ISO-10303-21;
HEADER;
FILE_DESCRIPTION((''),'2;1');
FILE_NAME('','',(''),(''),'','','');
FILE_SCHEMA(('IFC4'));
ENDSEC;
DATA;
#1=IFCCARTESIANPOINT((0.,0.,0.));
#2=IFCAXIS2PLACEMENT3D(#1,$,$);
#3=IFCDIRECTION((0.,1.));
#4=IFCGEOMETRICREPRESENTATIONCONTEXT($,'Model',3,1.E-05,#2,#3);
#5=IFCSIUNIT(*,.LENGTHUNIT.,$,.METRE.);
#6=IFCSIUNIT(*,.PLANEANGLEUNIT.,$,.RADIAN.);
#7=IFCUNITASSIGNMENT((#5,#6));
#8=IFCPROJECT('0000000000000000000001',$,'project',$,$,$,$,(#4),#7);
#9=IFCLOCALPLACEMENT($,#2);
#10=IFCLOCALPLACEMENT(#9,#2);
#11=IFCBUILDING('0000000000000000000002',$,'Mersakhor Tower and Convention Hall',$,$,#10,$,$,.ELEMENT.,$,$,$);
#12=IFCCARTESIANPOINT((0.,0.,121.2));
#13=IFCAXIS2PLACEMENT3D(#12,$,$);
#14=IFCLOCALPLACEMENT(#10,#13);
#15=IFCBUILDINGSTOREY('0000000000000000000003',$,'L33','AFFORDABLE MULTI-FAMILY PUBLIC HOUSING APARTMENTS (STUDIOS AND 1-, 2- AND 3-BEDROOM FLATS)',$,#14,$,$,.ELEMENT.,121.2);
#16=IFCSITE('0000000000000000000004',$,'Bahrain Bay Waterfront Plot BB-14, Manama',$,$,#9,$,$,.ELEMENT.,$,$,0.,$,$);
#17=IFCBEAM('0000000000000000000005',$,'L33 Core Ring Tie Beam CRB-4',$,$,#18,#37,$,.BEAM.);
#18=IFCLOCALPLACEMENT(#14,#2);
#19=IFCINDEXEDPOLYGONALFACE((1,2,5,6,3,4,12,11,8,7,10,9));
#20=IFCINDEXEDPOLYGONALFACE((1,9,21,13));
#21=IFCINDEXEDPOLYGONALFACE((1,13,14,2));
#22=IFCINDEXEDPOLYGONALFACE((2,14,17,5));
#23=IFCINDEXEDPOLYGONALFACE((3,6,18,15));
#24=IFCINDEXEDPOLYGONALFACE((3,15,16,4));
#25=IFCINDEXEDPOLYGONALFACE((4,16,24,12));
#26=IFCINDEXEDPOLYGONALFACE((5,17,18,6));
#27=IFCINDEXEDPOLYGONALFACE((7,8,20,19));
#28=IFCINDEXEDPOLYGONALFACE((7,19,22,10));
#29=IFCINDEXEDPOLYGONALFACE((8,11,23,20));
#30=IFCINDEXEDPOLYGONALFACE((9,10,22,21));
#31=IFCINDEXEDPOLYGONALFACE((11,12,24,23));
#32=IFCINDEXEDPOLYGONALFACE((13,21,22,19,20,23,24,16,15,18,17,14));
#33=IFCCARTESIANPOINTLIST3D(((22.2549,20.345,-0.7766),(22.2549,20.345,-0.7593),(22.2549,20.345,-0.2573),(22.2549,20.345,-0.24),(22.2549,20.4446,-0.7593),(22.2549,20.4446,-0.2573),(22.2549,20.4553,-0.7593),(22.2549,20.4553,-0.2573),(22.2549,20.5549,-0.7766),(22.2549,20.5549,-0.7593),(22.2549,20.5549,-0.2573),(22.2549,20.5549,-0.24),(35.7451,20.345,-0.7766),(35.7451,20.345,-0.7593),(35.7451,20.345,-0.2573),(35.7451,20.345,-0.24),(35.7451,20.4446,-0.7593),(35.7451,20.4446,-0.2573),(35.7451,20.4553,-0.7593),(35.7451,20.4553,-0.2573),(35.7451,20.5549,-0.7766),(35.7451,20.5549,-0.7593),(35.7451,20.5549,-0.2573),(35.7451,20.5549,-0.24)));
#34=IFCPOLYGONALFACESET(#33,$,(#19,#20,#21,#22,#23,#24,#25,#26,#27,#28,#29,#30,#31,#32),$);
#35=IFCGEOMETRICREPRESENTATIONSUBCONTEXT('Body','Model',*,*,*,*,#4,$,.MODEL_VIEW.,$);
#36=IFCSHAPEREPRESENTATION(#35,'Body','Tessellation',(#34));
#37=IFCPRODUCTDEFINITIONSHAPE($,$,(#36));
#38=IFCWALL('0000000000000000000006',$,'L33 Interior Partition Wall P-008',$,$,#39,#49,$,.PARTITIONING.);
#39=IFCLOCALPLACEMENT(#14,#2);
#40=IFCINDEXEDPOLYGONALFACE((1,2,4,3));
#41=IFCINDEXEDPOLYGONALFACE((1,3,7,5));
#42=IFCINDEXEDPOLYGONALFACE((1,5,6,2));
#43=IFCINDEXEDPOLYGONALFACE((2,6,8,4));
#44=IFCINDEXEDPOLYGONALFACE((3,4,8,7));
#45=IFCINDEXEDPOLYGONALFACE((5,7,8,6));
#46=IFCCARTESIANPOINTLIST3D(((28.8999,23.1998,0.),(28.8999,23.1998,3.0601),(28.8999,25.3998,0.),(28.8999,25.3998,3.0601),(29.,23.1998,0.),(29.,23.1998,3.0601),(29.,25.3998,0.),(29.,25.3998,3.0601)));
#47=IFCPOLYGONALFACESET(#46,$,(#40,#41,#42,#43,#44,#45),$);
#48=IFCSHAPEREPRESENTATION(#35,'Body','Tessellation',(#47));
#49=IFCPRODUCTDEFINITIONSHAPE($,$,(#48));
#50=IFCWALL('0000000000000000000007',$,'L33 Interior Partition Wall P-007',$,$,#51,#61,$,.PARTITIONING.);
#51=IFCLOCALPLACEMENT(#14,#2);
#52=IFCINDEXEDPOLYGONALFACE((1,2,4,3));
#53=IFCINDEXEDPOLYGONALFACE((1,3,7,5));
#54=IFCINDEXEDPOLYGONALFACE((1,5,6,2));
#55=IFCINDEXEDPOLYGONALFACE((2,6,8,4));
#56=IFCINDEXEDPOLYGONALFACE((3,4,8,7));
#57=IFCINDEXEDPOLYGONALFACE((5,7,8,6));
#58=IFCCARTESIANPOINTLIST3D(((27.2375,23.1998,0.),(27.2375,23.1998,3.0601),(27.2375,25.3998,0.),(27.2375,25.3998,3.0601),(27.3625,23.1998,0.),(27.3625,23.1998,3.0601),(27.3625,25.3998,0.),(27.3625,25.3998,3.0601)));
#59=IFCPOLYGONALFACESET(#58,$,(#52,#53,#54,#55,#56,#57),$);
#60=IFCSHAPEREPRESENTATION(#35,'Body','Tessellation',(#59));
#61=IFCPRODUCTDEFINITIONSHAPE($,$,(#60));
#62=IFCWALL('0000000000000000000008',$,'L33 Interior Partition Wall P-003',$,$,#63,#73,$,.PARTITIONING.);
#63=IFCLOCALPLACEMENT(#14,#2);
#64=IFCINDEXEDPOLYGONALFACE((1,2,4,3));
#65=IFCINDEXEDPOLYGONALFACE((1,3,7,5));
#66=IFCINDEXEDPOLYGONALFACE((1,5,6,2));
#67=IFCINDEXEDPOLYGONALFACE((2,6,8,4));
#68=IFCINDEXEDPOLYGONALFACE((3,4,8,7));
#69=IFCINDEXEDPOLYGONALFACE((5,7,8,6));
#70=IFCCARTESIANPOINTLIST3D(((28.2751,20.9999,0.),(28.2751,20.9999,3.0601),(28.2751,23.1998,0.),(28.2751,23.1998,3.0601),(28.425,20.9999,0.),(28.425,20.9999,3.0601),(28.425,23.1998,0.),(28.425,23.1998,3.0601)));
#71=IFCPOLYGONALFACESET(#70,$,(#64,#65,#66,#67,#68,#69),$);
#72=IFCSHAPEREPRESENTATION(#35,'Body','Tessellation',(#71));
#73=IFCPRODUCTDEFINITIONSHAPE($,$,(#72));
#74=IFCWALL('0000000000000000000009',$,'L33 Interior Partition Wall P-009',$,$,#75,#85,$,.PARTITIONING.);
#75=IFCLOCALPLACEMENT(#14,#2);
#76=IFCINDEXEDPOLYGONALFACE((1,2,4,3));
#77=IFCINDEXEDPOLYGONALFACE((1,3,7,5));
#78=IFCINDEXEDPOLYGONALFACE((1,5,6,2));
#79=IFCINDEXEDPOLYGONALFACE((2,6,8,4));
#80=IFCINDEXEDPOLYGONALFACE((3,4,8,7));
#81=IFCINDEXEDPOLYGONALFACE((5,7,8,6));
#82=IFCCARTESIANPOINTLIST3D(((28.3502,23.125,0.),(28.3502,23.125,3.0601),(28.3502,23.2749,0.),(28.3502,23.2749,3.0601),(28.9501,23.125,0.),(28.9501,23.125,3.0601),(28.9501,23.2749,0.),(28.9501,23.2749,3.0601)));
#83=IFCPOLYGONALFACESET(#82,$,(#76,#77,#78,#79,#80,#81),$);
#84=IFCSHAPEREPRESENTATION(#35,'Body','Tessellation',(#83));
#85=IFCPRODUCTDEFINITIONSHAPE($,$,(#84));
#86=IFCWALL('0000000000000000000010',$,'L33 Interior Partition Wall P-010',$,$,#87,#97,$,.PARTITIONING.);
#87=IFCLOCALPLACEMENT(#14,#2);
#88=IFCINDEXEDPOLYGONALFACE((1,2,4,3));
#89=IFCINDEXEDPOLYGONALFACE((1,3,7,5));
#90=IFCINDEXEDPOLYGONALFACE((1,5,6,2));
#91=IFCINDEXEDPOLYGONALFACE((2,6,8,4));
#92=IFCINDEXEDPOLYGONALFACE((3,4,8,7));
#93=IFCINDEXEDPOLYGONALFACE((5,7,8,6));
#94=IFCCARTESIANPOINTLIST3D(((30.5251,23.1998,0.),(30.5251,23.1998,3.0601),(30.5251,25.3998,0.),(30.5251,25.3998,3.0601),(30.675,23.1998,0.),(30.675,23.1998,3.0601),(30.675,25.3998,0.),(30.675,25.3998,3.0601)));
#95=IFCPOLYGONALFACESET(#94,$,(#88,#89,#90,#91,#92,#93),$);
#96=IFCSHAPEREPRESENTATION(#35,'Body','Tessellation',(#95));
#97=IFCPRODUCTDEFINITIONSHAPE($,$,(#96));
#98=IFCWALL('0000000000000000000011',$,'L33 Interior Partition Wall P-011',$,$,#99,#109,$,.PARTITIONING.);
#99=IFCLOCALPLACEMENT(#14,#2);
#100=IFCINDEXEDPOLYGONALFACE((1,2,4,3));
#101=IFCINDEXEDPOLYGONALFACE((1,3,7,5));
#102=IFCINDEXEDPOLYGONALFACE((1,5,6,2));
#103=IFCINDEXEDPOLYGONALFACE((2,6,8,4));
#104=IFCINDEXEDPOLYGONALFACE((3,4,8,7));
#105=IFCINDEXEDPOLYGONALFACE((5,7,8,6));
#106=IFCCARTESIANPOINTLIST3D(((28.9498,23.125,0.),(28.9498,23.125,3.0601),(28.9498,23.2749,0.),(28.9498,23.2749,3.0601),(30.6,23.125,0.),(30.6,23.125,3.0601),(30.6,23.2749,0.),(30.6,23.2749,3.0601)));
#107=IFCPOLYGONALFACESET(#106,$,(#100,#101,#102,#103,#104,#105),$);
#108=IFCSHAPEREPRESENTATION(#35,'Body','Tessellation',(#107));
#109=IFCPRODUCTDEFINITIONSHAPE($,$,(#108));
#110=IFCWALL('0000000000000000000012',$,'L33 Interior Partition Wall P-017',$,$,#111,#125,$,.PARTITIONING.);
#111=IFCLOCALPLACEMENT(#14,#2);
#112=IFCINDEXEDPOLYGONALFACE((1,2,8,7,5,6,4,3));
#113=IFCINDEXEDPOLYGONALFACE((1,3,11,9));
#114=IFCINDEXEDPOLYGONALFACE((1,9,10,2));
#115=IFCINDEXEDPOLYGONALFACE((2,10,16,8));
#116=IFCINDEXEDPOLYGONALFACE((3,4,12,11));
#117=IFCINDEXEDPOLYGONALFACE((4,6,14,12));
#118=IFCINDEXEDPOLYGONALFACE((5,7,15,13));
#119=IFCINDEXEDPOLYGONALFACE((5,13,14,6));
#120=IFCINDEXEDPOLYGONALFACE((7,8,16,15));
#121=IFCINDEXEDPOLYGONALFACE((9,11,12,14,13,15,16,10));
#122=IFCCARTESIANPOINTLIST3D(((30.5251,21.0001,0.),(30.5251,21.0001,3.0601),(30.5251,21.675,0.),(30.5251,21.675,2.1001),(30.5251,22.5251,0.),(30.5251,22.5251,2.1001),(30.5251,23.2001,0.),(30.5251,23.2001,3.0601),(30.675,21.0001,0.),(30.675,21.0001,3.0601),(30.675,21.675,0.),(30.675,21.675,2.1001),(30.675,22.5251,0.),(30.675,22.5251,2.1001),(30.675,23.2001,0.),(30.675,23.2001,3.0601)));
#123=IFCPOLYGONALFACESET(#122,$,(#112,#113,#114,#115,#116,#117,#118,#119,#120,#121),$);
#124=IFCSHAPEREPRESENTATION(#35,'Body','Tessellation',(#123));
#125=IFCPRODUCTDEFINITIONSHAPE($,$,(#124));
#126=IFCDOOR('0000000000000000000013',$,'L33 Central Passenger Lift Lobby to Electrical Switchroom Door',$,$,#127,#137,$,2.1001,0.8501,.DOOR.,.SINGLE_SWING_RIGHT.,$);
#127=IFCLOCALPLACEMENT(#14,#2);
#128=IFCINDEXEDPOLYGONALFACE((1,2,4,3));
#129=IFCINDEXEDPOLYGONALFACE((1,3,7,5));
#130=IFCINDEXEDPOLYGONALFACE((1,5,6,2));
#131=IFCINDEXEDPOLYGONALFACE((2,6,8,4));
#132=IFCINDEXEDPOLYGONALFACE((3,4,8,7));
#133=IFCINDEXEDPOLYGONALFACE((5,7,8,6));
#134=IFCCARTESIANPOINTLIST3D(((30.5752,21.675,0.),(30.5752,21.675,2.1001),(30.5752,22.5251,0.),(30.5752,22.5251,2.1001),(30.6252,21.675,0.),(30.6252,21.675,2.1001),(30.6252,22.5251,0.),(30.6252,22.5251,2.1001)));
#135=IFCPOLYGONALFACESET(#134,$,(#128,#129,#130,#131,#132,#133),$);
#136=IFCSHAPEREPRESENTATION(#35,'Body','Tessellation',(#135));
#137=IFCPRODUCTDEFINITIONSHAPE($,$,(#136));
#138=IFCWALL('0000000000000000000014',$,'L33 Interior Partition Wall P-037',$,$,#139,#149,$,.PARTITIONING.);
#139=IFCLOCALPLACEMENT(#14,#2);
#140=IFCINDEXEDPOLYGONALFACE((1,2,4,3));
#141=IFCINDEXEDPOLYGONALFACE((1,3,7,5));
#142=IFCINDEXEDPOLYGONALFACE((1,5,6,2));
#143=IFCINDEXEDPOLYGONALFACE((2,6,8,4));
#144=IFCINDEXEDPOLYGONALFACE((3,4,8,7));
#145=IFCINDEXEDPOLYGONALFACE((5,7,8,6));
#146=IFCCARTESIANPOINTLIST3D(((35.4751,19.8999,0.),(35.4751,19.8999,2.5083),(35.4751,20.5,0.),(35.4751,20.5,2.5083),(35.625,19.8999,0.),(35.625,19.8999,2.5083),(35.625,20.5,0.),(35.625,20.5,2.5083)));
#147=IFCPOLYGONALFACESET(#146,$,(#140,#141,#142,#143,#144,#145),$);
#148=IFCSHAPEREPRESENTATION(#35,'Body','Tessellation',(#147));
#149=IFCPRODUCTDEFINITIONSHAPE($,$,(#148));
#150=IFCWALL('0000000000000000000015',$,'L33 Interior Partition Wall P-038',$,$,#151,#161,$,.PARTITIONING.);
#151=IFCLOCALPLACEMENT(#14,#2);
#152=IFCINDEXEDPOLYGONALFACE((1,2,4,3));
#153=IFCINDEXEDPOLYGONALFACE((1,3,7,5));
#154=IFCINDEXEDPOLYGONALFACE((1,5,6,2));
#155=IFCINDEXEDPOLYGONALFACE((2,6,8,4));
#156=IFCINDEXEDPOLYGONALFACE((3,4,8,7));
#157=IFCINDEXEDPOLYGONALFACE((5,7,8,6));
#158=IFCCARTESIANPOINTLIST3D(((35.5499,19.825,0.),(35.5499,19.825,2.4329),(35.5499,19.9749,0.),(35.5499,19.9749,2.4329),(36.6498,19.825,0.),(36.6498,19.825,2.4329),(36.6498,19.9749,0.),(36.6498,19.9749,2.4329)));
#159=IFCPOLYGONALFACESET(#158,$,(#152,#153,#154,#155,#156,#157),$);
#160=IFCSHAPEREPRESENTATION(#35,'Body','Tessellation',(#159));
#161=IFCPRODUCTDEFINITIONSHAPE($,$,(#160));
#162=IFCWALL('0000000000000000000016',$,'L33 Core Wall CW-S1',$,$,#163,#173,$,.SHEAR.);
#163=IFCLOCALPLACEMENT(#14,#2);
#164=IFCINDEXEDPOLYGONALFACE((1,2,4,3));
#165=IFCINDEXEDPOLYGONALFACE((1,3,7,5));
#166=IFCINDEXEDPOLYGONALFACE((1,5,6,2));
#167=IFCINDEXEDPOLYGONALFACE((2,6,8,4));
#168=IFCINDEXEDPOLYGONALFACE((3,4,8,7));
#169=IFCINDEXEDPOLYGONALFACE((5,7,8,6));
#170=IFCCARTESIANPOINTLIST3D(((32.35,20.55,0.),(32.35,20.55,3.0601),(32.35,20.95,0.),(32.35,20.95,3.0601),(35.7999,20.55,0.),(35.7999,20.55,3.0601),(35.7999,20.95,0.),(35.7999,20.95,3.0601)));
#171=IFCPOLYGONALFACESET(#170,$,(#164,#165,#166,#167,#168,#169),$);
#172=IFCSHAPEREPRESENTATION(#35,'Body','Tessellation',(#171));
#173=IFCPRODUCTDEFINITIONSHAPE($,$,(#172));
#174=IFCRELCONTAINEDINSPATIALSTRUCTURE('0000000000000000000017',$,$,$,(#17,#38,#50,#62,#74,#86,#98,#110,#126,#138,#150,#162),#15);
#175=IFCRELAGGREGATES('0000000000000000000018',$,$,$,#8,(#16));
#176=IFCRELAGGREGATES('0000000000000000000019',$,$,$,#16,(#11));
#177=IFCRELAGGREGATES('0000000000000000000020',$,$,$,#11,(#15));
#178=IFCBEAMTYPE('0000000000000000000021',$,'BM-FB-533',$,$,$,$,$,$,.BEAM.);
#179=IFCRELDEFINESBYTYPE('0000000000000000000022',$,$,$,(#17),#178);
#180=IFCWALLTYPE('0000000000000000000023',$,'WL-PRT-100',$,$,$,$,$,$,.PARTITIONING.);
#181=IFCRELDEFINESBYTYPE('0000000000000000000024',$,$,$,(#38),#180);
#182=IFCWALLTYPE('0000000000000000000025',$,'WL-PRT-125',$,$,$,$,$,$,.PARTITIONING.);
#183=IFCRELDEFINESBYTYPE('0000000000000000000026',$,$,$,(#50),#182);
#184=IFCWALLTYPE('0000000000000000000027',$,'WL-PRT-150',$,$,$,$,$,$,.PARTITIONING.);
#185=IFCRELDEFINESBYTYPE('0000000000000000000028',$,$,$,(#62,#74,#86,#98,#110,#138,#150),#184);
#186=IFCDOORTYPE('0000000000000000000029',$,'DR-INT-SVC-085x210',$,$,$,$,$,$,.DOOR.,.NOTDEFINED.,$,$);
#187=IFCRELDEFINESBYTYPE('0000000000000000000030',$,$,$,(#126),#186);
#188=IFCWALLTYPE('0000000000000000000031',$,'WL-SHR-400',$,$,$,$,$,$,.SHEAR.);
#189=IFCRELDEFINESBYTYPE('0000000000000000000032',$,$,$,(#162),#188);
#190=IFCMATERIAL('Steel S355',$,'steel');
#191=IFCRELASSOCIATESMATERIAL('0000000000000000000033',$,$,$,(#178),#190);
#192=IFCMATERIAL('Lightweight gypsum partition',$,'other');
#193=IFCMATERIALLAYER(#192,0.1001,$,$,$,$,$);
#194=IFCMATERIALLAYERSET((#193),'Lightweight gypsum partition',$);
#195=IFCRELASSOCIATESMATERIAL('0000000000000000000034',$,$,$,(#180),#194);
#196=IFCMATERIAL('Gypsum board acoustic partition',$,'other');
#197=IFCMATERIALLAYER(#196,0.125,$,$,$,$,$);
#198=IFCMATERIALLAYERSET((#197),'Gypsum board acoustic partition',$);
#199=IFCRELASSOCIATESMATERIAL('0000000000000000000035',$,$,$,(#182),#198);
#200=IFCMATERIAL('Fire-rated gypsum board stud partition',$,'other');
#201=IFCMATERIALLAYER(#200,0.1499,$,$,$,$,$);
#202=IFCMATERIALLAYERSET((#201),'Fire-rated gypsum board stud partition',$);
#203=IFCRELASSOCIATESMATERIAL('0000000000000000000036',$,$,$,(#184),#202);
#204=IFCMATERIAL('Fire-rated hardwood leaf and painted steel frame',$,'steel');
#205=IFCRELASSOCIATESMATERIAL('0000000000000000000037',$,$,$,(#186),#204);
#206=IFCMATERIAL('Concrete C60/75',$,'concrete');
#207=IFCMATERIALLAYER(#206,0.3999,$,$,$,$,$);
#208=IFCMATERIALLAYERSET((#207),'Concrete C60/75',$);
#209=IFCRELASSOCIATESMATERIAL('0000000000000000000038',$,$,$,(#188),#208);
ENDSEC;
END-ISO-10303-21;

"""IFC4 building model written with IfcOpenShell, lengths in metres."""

from ifc_helpers import new_model, si_unit, direction, frame, frame_2d, origin, origin_2d, place, context, subcontext, project, spatial, rectangle, i_section, extrude, material, layer, layer_set, material_profile, profile_set, type_object, element, fill, save


model = new_model("IFC4")

# Units and contexts
model_context = context("Model", 3, precision=1e-05, world=origin(), true_north=direction((0.0, 1.0)))
body_context = subcontext(model_context, "Body", "Model", "MODEL_VIEW")
ifc_project = project(units=[si_unit("LENGTHUNIT", "METRE"), si_unit("PLANEANGLEUNIT", "RADIAN")], contexts=[model_context])

# Site, building, storey
site_placement = place(None, origin())
site = spatial("IfcSite", under=ifc_project, at=site_placement, Name="Bahrain Bay Waterfront Plot BB-14, Manama", CompositionType="ELEMENT", RefElevation=0.0)
building_placement = place(site_placement, origin())
building = spatial("IfcBuilding", under=site, at=building_placement, Name="Mersakhor Tower and Convention Hall", CompositionType="ELEMENT")
storey_placement = place(building_placement, frame((0.0, 0.0, 121.2)))
storey = spatial("IfcBuildingStorey", under=building, at=storey_placement, Name="L33", Description="AFFORDABLE MULTI-FAMILY PUBLIC HOUSING APARTMENTS (STUDIOS AND 1-, 2- AND 3-BEDROOM FLATS)", CompositionType="ELEMENT", Elevation=121.2)

# Beam
ifc_material_1 = material(Name="Steel S355", Category="steel")
ifc_material_profile = material_profile(ifc_material_1, i_section(OverallWidth=0.21, OverallDepth=0.5366, WebThickness=0.0107, FlangeThickness=0.0173, at=origin_2d()), Name="UB 533x210x101")
ifc_profile_set = profile_set([ifc_material_profile], Name="Steel S355")
beam_type = type_object("IfcBeamType", Name="BM-FB-533", PredefinedType="BEAM", material=ifc_profile_set)
beam_placement = place(storey_placement, frame((35.7451, 20.45, -0.5083), z_axis=(-1.0, 0.0, 0.0), x_axis=(0.0, -1.0, 0.0)))
element("IfcBeam", 1, at=beam_placement, inside=storey, type_object=beam_type, Name="L33 Core Ring Tie Beam CRB-4", PredefinedType="BEAM", context=body_context, shape_type="SweptSolid", body=[
    extrude(i_section(OverallWidth=0.21, OverallDepth=0.5366, WebThickness=0.0107, FlangeThickness=0.0173, at=origin_2d()), origin(), (0.0, 0.0, 1.0), 13.4902),
])

# Walls
ifc_material_2 = material(Name="Lightweight gypsum partition", Category="other")
ifc_layer_1 = layer(ifc_material_2, 0.1001)
ifc_layer_set_1 = layer_set([ifc_layer_1], Name="Lightweight gypsum partition")
wall_type_1 = type_object("IfcWallType", Name="WL-PRT-100", PredefinedType="PARTITIONING", material=ifc_layer_set_1)
wall_1_placement = place(storey_placement, frame((28.95, 25.3999, 0.0), z_axis=(0.0, 0.0, 1.0), x_axis=(0.0, -1.0, 0.0)))
element("IfcWall", 2, at=wall_1_placement, inside=storey, type_object=wall_type_1, Name="L33 Interior Partition Wall P-008", PredefinedType="PARTITIONING", context=body_context, shape_type="SweptSolid", body=[
    extrude(rectangle(XDim=2.2, YDim=0.1001, at=frame_2d((1.1001, 0.0))), origin(), (0.0, 0.0, 1.0), 3.0601),
])
ifc_material_3 = material(Name="Gypsum board acoustic partition", Category="other")
ifc_layer_2 = layer(ifc_material_3, 0.125)
ifc_layer_set_2 = layer_set([ifc_layer_2], Name="Gypsum board acoustic partition")
wall_type_2 = type_object("IfcWallType", Name="WL-PRT-125", PredefinedType="PARTITIONING", material=ifc_layer_set_2)
wall_2_placement = place(storey_placement, frame((27.3, 25.3999, 0.0), z_axis=(0.0, 0.0, 1.0), x_axis=(0.0, -1.0, 0.0)))
element("IfcWall", 3, at=wall_2_placement, inside=storey, type_object=wall_type_2, Name="L33 Interior Partition Wall P-007", PredefinedType="PARTITIONING", context=body_context, shape_type="SweptSolid", body=[
    extrude(rectangle(XDim=2.2, YDim=0.125, at=frame_2d((1.1001, 0.0))), origin(), (0.0, 0.0, 1.0), 3.0601),
])
ifc_material_4 = material(Name="Fire-rated gypsum board stud partition", Category="other")
ifc_layer_3 = layer(ifc_material_4, 0.1499)
ifc_layer_set_3 = layer_set([ifc_layer_3], Name="Fire-rated gypsum board stud partition")
wall_type_3 = type_object("IfcWallType", Name="WL-PRT-150", PredefinedType="PARTITIONING", material=ifc_layer_set_3)
wall_3_placement = place(storey_placement, frame((28.3501, 23.2, 0.0), z_axis=(0.0, 0.0, 1.0), x_axis=(0.0, -1.0, 0.0)))
element("IfcWall", 4, at=wall_3_placement, inside=storey, type_object=wall_type_3, Name="L33 Interior Partition Wall P-003", PredefinedType="PARTITIONING", context=body_context, shape_type="SweptSolid", body=[
    extrude(rectangle(XDim=2.2, YDim=0.1499, at=frame_2d((1.1001, 0.0))), origin(), (0.0, 0.0, 1.0), 3.0601),
])
wall_4_placement = place(storey_placement, frame((28.95, 23.2, 0.0), z_axis=(0.0, 0.0, 1.0), x_axis=(-1.0, 0.0, 0.0)))
element("IfcWall", 5, at=wall_4_placement, inside=storey, type_object=wall_type_3, Name="L33 Interior Partition Wall P-009", PredefinedType="PARTITIONING", context=body_context, shape_type="SweptSolid", body=[
    extrude(rectangle(XDim=0.5999, YDim=0.1499, at=frame_2d((0.2998, 0.0))), origin(), (0.0, 0.0, 1.0), 3.0601),
])
wall_5_placement = place(storey_placement, frame((30.6001, 25.3999, 0.0), z_axis=(0.0, 0.0, 1.0), x_axis=(0.0, -1.0, 0.0)))
element("IfcWall", 6, at=wall_5_placement, inside=storey, type_object=wall_type_3, Name="L33 Interior Partition Wall P-010", PredefinedType="PARTITIONING", context=body_context, shape_type="SweptSolid", body=[
    extrude(rectangle(XDim=2.2, YDim=0.1499, at=frame_2d((1.1001, 0.0))), origin(), (0.0, 0.0, 1.0), 3.0601),
])
wall_6_placement = place(storey_placement, frame((30.6001, 23.2, 0.0), z_axis=(0.0, 0.0, 1.0), x_axis=(-1.0, 0.0, 0.0)))
element("IfcWall", 7, at=wall_6_placement, inside=storey, type_object=wall_type_3, Name="L33 Interior Partition Wall P-011", PredefinedType="PARTITIONING", context=body_context, shape_type="SweptSolid", body=[
    extrude(rectangle(XDim=1.6501, YDim=0.1499, at=frame_2d((0.8252, 0.0))), origin(), (0.0, 0.0, 1.0), 3.0601),
])

# Wall, opening, door
wall_7_placement = place(storey_placement, frame((30.6001, 21.0, 0.0), z_axis=(0.0, 0.0, 1.0), x_axis=(0.0, 1.0, 0.0)))
wall_7 = element("IfcWall", 8, at=wall_7_placement, inside=storey, type_object=wall_type_3, Name="L33 Interior Partition Wall P-017", PredefinedType="PARTITIONING", context=body_context, shape_type="SweptSolid", body=[
    extrude(rectangle(XDim=2.2, YDim=0.1499, at=frame_2d((1.1001, 0.0))), origin(), (0.0, 0.0, 1.0), 3.0601),
])
opening_1_placement = place(wall_7_placement, frame((0.675, 0.0, 0.0)))
opening_1 = element("IfcOpeningElement", 9, at=opening_1_placement, cuts=wall_7, PredefinedType="OPENING", context=body_context, shape_type="SweptSolid", body=[
    extrude(rectangle(XDim=0.8501, YDim=2.1001, at=frame_2d((0.425, 1.05))), frame((0.0, 0.085, 0.0), z_axis=(0.0, -1.0, 0.0), x_axis=(1.0, 0.0, 0.0)), (0.0, 0.0, 1.0), 0.1699),
])
ifc_material_5 = material(Name="Fire-rated hardwood leaf and painted steel frame", Category="steel")
door_type_1 = type_object("IfcDoorType", Name="DR-INT-SVC-085x210", OperationType="NOTDEFINED", PredefinedType="DOOR", material=ifc_material_5)
door_1_placement = place(opening_1_placement, origin())
door_1 = element("IfcDoor", 10, at=door_1_placement, inside=storey, type_object=door_type_1, Name="L33 Central Passenger Lift Lobby to Electrical Switchroom Door", OperationType="SINGLE_SWING_RIGHT", OverallHeight=2.1001, OverallWidth=0.8501, PredefinedType="DOOR", context=body_context, shape_type="SweptSolid", body=[
    extrude(rectangle(XDim=0.8501, YDim=2.1001, at=frame_2d((0.425, 1.05))), frame((0.0, 0.0249, 0.0), z_axis=(0.0, -1.0, 0.0), x_axis=(1.0, 0.0, 0.0)), (0.0, 0.0, 1.0), 0.05),
])
fill(opening_1, door_1)

# Walls
wall_8_placement = place(storey_placement, frame((35.55, 20.5, 0.0), z_axis=(0.0, 0.0, 1.0), x_axis=(0.0, -1.0, 0.0)))
element("IfcWall", 11, at=wall_8_placement, inside=storey, type_object=wall_type_3, Name="L33 Interior Partition Wall P-037", PredefinedType="PARTITIONING", context=body_context, shape_type="SweptSolid", body=[
    extrude(rectangle(XDim=0.6001, YDim=0.1499, at=frame_2d((0.3, 0.0))), origin(), (0.0, 0.0, 1.0), 2.5083),
])
wall_9_placement = place(storey_placement, frame((35.55, 19.8999, 0.0), z_axis=(0.0, 0.0, 1.0), x_axis=(1.0, 0.0, 0.0)))
element("IfcWall", 12, at=wall_9_placement, inside=storey, type_object=wall_type_3, Name="L33 Interior Partition Wall P-038", PredefinedType="PARTITIONING", context=body_context, shape_type="SweptSolid", body=[
    extrude(rectangle(XDim=1.0999, YDim=0.1499, at=frame_2d((0.5498, 0.0))), origin(), (0.0, 0.0, 1.0), 2.4329),
])
ifc_material_6 = material(Name="Concrete C60/75", Category="concrete")
ifc_layer_4 = layer(ifc_material_6, 0.3999)
ifc_layer_set_4 = layer_set([ifc_layer_4], Name="Concrete C60/75")
wall_type_4 = type_object("IfcWallType", Name="WL-SHR-400", PredefinedType="SHEAR", material=ifc_layer_set_4)
wall_10_placement = place(storey_placement, frame((35.8, 20.75, 0.0), z_axis=(0.0, 0.0, 1.0), x_axis=(-1.0, 0.0, 0.0)))
element("IfcWall", 13, at=wall_10_placement, inside=storey, type_object=wall_type_4, Name="L33 Core Wall CW-S1", PredefinedType="SHEAR", context=body_context, shape_type="SweptSolid", body=[
    extrude(rectangle(XDim=3.45, YDim=0.3999, at=frame_2d((1.7251, 0.0))), origin(), (0.0, 0.0, 1.0), 3.0601),
])

save(model, "model.ifc")
